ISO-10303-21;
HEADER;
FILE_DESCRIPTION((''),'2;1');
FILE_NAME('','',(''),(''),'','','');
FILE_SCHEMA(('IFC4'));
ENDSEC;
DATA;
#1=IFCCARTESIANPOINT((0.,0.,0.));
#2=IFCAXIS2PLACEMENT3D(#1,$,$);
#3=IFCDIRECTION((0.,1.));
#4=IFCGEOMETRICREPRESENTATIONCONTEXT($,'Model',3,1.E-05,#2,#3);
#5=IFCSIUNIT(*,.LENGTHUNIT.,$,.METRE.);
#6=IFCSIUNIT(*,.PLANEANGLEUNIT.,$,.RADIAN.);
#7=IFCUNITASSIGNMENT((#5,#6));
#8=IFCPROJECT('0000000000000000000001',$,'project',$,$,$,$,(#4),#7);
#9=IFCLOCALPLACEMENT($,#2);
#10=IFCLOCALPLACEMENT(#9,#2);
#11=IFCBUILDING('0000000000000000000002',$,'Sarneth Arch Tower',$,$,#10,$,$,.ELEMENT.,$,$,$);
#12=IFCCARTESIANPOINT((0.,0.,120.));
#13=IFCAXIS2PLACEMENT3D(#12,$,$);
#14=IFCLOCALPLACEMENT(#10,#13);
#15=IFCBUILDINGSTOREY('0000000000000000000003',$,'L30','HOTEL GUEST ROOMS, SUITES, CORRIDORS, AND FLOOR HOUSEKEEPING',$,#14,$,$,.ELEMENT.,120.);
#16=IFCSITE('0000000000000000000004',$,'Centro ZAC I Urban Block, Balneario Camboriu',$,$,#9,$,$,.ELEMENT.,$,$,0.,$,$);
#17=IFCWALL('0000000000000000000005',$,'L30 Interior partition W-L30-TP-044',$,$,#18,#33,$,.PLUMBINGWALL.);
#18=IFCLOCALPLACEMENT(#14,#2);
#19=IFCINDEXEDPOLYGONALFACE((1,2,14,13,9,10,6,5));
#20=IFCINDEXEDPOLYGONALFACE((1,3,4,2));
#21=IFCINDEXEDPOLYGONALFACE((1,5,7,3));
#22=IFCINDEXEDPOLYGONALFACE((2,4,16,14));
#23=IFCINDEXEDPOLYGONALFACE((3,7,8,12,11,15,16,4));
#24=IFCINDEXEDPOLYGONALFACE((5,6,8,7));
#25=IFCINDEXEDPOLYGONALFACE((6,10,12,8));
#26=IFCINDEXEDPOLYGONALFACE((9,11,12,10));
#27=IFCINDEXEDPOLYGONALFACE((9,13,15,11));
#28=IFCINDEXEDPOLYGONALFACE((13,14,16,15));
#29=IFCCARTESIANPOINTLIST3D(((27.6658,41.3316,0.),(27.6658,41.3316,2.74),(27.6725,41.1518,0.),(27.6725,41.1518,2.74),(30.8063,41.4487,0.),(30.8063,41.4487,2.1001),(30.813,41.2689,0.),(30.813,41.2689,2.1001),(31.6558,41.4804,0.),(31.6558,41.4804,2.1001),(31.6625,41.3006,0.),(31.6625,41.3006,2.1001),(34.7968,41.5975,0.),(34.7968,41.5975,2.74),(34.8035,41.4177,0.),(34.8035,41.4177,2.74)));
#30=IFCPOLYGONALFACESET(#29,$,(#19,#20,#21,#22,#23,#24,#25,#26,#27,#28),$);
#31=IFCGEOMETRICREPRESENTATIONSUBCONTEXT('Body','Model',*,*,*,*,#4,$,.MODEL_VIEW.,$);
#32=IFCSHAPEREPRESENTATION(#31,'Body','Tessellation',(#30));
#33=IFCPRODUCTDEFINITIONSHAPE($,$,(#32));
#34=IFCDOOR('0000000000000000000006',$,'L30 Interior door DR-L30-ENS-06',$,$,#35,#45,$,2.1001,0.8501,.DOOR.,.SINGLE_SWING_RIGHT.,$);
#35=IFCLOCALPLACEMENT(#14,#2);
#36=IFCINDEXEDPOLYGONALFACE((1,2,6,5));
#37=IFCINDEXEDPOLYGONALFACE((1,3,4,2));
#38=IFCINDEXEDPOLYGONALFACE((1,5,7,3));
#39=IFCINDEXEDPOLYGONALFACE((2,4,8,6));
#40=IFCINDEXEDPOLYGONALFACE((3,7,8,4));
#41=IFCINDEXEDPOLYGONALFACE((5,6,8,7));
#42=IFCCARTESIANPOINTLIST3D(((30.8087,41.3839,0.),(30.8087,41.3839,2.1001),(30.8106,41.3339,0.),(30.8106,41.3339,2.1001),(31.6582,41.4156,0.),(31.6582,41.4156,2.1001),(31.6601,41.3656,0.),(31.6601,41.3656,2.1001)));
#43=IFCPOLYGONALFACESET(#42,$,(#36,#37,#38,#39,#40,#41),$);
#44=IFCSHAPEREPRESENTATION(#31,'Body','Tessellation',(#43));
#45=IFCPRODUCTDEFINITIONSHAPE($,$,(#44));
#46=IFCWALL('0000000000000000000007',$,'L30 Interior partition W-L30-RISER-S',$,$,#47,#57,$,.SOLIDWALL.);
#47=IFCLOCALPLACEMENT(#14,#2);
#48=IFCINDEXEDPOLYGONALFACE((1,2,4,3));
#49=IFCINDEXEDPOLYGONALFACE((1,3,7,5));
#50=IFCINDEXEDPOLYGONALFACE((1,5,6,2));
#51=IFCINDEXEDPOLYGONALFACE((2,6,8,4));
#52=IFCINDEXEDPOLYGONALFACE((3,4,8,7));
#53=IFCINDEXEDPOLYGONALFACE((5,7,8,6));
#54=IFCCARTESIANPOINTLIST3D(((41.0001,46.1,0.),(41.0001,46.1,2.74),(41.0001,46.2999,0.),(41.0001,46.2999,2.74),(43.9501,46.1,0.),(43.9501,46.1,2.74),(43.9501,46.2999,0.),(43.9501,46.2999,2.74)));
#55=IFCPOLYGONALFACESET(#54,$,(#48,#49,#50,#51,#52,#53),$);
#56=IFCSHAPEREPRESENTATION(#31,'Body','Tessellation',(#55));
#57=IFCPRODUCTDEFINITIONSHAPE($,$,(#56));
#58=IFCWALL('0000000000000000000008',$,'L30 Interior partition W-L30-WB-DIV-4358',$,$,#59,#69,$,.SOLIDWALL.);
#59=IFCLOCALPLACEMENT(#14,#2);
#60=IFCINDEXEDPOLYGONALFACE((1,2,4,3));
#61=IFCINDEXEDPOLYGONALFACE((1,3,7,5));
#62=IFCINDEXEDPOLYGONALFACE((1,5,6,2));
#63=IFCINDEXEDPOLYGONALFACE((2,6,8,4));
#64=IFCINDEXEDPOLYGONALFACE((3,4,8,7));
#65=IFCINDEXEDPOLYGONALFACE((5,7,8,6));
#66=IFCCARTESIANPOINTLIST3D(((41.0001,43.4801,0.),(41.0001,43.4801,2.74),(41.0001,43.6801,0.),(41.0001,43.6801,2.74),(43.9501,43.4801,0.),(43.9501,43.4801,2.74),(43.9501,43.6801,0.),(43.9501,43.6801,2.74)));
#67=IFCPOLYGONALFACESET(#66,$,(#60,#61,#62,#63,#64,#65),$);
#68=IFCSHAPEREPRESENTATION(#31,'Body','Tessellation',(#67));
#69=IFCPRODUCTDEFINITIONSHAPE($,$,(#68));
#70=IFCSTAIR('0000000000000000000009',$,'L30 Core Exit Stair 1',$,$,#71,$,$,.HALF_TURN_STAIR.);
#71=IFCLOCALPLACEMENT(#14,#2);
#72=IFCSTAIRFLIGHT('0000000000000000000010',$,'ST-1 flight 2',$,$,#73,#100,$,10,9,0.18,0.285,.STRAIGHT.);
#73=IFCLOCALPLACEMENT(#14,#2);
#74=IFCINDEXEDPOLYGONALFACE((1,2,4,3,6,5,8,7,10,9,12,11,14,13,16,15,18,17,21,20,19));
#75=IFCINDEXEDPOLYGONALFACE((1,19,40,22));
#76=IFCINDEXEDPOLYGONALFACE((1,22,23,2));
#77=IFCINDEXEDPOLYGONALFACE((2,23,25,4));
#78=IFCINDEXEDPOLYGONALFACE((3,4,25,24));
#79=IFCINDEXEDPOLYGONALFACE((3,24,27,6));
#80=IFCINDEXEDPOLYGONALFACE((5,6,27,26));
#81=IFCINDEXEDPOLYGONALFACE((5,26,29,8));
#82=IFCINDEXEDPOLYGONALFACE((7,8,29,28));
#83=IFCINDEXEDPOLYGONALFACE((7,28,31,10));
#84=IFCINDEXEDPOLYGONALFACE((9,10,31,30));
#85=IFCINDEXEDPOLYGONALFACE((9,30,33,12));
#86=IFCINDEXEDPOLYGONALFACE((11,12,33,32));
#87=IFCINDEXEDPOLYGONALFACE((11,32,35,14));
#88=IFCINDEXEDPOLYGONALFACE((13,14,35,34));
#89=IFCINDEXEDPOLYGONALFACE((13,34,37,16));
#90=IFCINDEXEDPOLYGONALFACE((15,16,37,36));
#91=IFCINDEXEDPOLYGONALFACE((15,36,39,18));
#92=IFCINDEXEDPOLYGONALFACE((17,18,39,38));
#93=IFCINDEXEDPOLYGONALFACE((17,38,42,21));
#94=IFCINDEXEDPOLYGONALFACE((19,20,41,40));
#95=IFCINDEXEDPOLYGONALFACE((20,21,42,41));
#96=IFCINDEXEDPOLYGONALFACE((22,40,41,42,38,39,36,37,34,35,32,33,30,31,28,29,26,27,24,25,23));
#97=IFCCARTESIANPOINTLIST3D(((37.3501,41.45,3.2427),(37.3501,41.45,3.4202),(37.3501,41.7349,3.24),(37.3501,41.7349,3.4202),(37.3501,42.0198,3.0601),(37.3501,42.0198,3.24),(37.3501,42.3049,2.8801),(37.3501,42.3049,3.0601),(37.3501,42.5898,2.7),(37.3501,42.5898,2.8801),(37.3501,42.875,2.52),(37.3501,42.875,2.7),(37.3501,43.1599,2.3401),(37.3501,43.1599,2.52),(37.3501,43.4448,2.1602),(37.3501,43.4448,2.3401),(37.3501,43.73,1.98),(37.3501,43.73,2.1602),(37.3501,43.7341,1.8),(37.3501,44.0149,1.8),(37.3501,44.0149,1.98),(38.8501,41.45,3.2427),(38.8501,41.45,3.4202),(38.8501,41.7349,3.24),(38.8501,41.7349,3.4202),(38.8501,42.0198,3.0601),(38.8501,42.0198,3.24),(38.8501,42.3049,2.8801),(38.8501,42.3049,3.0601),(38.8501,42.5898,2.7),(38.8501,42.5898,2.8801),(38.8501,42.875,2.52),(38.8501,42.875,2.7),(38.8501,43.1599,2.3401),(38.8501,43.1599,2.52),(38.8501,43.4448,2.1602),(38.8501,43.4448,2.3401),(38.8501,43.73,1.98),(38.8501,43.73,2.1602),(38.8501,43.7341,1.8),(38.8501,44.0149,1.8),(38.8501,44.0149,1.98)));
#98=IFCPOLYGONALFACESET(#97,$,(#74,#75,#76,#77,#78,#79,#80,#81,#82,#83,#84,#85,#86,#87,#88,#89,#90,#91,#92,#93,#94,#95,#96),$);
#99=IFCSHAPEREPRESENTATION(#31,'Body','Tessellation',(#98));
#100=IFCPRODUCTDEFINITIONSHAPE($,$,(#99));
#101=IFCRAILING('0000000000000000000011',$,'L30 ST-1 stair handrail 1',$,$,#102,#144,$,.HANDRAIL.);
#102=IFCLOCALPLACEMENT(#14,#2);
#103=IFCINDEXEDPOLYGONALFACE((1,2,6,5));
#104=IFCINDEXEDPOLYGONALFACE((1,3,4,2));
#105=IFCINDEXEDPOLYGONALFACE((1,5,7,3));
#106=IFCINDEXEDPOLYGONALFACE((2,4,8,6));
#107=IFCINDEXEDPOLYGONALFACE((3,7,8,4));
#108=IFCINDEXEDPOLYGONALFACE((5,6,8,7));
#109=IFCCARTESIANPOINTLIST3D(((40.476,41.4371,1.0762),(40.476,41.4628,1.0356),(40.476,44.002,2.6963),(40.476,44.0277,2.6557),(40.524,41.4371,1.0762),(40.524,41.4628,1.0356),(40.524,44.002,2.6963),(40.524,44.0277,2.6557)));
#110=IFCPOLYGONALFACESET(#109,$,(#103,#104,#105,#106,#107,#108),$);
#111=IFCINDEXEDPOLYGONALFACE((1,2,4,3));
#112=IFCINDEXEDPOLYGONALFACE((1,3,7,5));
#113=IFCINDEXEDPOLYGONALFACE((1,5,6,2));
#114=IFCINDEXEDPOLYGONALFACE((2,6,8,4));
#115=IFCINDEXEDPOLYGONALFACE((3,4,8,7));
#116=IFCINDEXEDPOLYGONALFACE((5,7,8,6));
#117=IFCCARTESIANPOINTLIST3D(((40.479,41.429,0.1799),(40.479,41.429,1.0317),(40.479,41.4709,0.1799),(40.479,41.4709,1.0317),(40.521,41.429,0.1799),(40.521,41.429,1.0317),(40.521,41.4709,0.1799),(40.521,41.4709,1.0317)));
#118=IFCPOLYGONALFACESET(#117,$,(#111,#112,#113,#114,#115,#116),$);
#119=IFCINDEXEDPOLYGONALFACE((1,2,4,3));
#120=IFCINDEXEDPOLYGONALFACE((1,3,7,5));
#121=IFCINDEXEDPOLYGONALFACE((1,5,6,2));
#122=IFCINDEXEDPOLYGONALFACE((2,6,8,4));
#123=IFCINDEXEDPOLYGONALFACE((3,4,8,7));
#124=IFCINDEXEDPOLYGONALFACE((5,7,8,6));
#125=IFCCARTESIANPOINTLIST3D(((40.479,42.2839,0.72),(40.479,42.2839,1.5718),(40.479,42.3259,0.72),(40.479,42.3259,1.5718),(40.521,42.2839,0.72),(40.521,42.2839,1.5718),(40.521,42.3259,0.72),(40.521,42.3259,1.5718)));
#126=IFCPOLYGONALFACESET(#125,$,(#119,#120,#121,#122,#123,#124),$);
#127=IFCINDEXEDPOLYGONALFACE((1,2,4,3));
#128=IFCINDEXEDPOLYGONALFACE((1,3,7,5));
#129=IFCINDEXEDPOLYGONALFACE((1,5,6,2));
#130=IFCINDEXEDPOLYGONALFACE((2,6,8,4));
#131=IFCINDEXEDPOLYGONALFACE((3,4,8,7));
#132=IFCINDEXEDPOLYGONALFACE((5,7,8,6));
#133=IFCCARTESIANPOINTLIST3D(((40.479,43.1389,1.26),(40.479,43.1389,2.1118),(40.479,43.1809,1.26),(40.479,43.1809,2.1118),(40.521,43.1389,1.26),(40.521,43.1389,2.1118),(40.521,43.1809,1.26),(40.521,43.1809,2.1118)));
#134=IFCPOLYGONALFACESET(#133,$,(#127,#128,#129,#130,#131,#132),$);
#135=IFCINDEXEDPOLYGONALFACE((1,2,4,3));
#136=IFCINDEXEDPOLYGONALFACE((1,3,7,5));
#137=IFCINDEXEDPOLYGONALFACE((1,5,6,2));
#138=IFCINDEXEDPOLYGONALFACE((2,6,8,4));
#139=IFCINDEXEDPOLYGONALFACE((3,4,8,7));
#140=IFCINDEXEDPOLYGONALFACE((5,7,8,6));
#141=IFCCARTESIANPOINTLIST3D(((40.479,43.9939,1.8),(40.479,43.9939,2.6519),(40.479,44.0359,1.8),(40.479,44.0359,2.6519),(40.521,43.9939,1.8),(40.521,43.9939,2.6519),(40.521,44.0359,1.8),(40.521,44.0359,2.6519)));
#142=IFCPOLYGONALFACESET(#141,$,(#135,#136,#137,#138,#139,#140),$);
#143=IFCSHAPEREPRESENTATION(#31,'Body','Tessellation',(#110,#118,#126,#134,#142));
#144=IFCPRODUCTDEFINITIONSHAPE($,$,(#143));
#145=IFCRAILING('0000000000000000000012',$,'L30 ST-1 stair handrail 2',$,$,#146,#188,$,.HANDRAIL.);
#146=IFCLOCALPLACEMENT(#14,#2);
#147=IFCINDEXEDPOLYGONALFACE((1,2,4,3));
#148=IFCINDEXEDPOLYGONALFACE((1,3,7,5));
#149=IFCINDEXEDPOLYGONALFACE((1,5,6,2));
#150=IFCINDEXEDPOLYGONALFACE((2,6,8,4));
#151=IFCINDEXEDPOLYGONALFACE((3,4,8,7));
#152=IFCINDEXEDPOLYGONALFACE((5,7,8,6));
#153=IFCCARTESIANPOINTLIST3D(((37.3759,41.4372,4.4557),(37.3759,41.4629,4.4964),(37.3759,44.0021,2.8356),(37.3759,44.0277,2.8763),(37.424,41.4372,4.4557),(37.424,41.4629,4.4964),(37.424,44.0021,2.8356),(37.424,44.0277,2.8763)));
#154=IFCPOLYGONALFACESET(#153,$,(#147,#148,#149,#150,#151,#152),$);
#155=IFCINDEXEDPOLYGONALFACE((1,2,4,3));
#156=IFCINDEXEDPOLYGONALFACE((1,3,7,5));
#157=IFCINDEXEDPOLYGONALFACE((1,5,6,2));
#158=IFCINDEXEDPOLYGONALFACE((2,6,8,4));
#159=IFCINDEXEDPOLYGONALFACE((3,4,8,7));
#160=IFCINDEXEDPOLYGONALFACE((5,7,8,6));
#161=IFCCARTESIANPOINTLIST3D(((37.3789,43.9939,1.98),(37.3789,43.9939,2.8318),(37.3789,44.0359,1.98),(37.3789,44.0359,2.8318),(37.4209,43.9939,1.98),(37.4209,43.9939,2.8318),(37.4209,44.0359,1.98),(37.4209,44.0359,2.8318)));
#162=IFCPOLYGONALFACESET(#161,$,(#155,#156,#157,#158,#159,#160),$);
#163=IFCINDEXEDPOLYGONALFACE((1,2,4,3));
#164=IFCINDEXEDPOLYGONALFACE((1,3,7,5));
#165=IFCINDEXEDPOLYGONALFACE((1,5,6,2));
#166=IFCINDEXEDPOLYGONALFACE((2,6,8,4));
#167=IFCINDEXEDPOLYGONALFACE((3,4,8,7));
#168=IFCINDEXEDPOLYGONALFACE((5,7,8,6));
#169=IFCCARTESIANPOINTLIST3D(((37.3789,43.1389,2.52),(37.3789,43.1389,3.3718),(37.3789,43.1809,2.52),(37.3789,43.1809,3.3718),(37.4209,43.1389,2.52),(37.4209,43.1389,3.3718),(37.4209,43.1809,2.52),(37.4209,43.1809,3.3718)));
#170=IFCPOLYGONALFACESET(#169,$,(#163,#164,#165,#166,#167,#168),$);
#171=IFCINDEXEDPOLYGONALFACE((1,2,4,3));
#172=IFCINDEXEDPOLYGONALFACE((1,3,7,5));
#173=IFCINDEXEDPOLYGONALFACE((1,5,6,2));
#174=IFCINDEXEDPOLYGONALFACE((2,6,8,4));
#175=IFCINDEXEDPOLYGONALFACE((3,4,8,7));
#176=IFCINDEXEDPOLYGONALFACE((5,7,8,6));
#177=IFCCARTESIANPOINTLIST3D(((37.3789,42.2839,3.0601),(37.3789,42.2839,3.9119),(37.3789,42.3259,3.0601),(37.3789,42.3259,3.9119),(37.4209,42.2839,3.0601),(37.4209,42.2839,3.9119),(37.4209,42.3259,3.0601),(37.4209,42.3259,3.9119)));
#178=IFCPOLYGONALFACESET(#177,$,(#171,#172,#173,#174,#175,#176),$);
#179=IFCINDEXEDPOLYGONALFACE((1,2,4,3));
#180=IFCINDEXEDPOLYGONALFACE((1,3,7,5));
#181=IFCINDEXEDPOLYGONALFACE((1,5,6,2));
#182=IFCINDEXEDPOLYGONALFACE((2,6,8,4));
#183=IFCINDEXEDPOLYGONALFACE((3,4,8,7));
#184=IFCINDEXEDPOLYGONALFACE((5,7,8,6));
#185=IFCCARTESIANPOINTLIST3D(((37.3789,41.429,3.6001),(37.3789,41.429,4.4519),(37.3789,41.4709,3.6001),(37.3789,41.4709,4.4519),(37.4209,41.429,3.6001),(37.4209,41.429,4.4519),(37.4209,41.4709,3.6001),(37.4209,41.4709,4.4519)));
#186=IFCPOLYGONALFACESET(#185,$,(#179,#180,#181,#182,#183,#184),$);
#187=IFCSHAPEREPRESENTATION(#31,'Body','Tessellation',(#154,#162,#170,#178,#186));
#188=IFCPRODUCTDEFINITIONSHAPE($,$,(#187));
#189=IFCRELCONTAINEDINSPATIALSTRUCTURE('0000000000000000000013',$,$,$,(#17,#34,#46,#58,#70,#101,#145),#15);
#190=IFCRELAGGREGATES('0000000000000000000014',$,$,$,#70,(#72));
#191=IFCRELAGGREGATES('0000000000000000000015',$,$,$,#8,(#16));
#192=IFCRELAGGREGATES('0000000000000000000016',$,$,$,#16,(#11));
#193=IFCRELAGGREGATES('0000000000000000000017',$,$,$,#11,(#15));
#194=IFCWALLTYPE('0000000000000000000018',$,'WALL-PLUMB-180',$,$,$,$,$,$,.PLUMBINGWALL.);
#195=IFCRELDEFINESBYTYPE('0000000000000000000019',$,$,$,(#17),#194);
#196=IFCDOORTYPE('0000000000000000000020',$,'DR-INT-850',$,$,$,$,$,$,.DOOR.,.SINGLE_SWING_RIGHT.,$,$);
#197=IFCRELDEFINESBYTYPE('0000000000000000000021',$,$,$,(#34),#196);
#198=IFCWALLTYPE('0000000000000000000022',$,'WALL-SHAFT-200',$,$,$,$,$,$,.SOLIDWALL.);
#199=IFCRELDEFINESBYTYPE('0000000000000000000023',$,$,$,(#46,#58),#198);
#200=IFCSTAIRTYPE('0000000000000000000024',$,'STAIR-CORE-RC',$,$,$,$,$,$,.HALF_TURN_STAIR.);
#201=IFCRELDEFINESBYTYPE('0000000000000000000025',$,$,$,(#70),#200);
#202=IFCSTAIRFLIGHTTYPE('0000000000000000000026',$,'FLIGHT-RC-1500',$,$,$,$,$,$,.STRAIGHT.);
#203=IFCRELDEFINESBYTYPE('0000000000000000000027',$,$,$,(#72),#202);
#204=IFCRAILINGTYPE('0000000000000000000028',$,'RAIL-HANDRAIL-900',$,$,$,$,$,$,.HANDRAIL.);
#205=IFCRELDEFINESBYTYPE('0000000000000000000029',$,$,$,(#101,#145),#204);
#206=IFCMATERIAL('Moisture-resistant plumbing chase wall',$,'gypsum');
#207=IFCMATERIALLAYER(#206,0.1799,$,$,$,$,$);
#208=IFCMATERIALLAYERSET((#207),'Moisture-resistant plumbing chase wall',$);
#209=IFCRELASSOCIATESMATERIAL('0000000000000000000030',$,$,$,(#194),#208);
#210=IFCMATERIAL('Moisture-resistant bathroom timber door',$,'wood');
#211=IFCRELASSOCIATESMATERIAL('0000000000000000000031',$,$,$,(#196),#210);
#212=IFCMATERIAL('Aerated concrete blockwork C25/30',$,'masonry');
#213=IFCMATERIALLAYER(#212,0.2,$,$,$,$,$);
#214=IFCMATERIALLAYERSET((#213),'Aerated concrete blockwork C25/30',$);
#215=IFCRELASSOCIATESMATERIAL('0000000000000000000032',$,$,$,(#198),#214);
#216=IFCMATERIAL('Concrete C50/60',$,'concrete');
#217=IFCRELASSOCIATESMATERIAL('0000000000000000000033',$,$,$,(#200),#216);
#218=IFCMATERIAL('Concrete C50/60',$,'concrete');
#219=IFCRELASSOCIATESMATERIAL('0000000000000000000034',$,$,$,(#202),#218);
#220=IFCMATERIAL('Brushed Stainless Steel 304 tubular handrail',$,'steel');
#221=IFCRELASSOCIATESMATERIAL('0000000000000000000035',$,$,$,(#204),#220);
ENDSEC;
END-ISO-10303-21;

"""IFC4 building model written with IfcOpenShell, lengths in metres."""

from ifc_helpers import new_model, si_unit, direction, frame, frame_2d, origin, origin_2d, place, context, subcontext, project, spatial, polyline, rectangle, outline, extrude, material, layer, layer_set, type_object, element, fill, aggregate, save


model = new_model("IFC4")

# Units and contexts
model_context = context("Model", 3, precision=1e-05, world=origin(), true_north=direction((0.0, 1.0)))
body_context = subcontext(model_context, "Body", "Model", "MODEL_VIEW")
ifc_project = project(units=[si_unit("LENGTHUNIT", "METRE"), si_unit("PLANEANGLEUNIT", "RADIAN")], contexts=[model_context])

# Site, building, storey
site_placement = place(None, origin())
site = spatial("IfcSite", under=ifc_project, at=site_placement, Name="Centro ZAC I Urban Block, Balneario Camboriu", CompositionType="ELEMENT", RefElevation=0.0)
building_placement = place(site_placement, origin())
building = spatial("IfcBuilding", under=site, at=building_placement, Name="Sarneth Arch Tower", CompositionType="ELEMENT")
storey_placement = place(building_placement, frame((0.0, 0.0, 120.0)))
storey = spatial("IfcBuildingStorey", under=building, at=storey_placement, Name="L30", Description="HOTEL GUEST ROOMS, SUITES, CORRIDORS, AND FLOOR HOUSEKEEPING", CompositionType="ELEMENT", Elevation=120.0)

# Wall, opening, door
ifc_material_1 = material(Name="Moisture-resistant plumbing chase wall", Category="gypsum")
ifc_layer_1 = layer(ifc_material_1, 0.1799)
ifc_layer_set_1 = layer_set([ifc_layer_1], Name="Moisture-resistant plumbing chase wall")
wall_type_1 = type_object("IfcWallType", Name="WALL-PLUMB-180", PredefinedType="PLUMBINGWALL", material=ifc_layer_set_1)
wall_1_placement = place(storey_placement, frame((34.8, 41.5076, 0.0), z_axis=(0.0, 0.0, 1.0), x_axis=(-0.999306, -0.037257, 0.0)))
wall_1 = element("IfcWall", 1, at=wall_1_placement, inside=storey, type_object=wall_type_1, Name="L30 Interior partition W-L30-TP-044", PredefinedType="PLUMBINGWALL", context=body_context, shape_type="SweptSolid", body=[
    extrude(rectangle(XDim=7.136, YDim=0.1799, at=frame_2d((3.5679, 0.0))), origin(), (0.0, 0.0, 1.0), 2.74),
])
opening_1_placement = place(wall_1_placement, frame((3.1431, 0.0, 0.0)))
opening_1 = element("IfcOpeningElement", 2, at=opening_1_placement, cuts=wall_1, PredefinedType="OPENING", context=body_context, shape_type="SweptSolid", body=[
    extrude(rectangle(XDim=0.8501, YDim=2.1001, at=frame_2d((0.425, 1.05))), frame((0.0, 0.0999, 0.0), z_axis=(0.0, -1.0, 0.0), x_axis=(1.0, 0.0, 0.0)), (0.0, 0.0, 1.0), 0.2),
])
ifc_material_2 = material(Name="Moisture-resistant bathroom timber door", Category="wood")
door_type_1 = type_object("IfcDoorType", Name="DR-INT-850", OperationType="SINGLE_SWING_RIGHT", PredefinedType="DOOR", material=ifc_material_2)
door_1_placement = place(opening_1_placement, origin())
door_1 = element("IfcDoor", 3, at=door_1_placement, inside=storey, type_object=door_type_1, Name="L30 Interior door DR-L30-ENS-06", OperationType="SINGLE_SWING_RIGHT", OverallHeight=2.1001, OverallWidth=0.8501, PredefinedType="DOOR", context=body_context, shape_type="SweptSolid", body=[
    extrude(rectangle(XDim=0.8501, YDim=2.1001, at=frame_2d((0.425, 1.05))), frame((0.0, 0.0249, 0.0), z_axis=(0.0, -1.0, 0.0), x_axis=(1.0, 0.0, 0.0)), (0.0, 0.0, 1.0), 0.05),
])
fill(opening_1, door_1)

# Wall
ifc_material_3 = material(Name="Aerated concrete blockwork C25/30", Category="masonry")
ifc_layer_2 = layer(ifc_material_3, 0.2)
ifc_layer_set_2 = layer_set([ifc_layer_2], Name="Aerated concrete blockwork C25/30")
wall_type_2 = type_object("IfcWallType", Name="WALL-SHAFT-200", PredefinedType="SOLIDWALL", material=ifc_layer_set_2)
wall_2_placement = place(storey_placement, frame((41.0, 46.2, 0.0), z_axis=(0.0, 0.0, 1.0), x_axis=(1.0, 0.0, 0.0)))
element("IfcWall", 4, at=wall_2_placement, inside=storey, type_object=wall_type_2, Name="L30 Interior partition W-L30-RISER-S", PredefinedType="SOLIDWALL", context=body_context, shape_type="SweptSolid", body=[
    extrude(rectangle(XDim=2.95, YDim=0.2, at=frame_2d((1.4751, 0.0))), origin(), (0.0, 0.0, 1.0), 2.74),
])

# Wall
wall_3_placement = place(storey_placement, frame((41.0, 43.5801, 0.0), z_axis=(0.0, 0.0, 1.0), x_axis=(1.0, 0.0, 0.0)))
element("IfcWall", 5, at=wall_3_placement, inside=storey, type_object=wall_type_2, Name="L30 Interior partition W-L30-WB-DIV-4358", PredefinedType="SOLIDWALL", context=body_context, shape_type="SweptSolid", body=[
    extrude(rectangle(XDim=2.95, YDim=0.2, at=frame_2d((1.4751, 0.0))), origin(), (0.0, 0.0, 1.0), 2.74),
])

# Stair, stair flight
ifc_material_4 = material(Name="Concrete C50/60", Category="concrete")
stair_type = type_object("IfcStairType", Name="STAIR-CORE-RC", PredefinedType="HALF_TURN_STAIR", material=ifc_material_4)
stair_placement = place(storey_placement, origin())
stair = element("IfcStair", 6, at=stair_placement, inside=storey, type_object=stair_type, Name="L30 Core Exit Stair 1", PredefinedType="HALF_TURN_STAIR")
ifc_material_5 = material(Name="Concrete C50/60", Category="concrete")
stair_flight_type = type_object("IfcStairFlightType", Name="FLIGHT-RC-1500", PredefinedType="STRAIGHT", material=ifc_material_5)
stair_flight_placement = place(storey_placement, frame((38.1001, 44.0149, 1.8), z_axis=(0.0, 0.0, 1.0), x_axis=(0.0, -1.0, 0.0)))
stair_flight = element("IfcStairFlight", 7, at=stair_flight_placement, type_object=stair_flight_type, Name="ST-1 flight 2", NumberOfRisers=10, NumberOfTreads=9, PredefinedType="STRAIGHT", RiserHeight=0.18, TreadLength=0.285, context=body_context, shape_type="SweptSolid", body=[
    extrude(outline(polyline([(0.0, 0.0), (0.0, 0.1799), (0.2849, 0.1799), (0.2849, 0.3601), (0.5701, 0.3601), (0.5701, 0.54), (0.855, 0.54), (0.855, 0.72), (1.1399, 0.72), (1.1399, 0.8999), (1.425, 0.8999), (1.425, 1.0801), (1.71, 1.0801), (1.71, 1.26), (1.9951, 1.26), (1.9951, 1.4399), (2.28, 1.4399), (2.28, 1.6201), (2.5649, 1.6201), (2.5649, 1.8), (2.5649, 1.4426), (0.2808, 0.0), (0.0, 0.0)])), frame((0.0, 0.75, 0.0), z_axis=(0.0, -1.0, 0.0), x_axis=(1.0, 0.0, 0.0)), (0.0, 0.0, 1.0), 1.5),
])
aggregate(stair, [stair_flight])

# Railings
ifc_material_6 = material(Name="Brushed Stainless Steel 304 tubular handrail", Category="steel")
railing_type_1 = type_object("IfcRailingType", Name="RAIL-HANDRAIL-900", PredefinedType="HANDRAIL", material=ifc_material_6)
railing_1_placement = place(storey_placement, frame((40.5, 41.45, 0.1799)))
element("IfcRailing", 8, at=railing_1_placement, inside=storey, type_object=railing_type_1, Name="L30 ST-1 stair handrail 1", PredefinedType="HANDRAIL", context=body_context, shape_type="SweptSolid", body=[
    extrude(rectangle(XDim=0.0481, YDim=0.0481, at=origin_2d()), frame((0.0, 0.0, 0.876), z_axis=(0.0, 0.845466, 0.534029), x_axis=(-1.0, 0.0, 0.0)), (0.0, 0.0, 1.0), 3.0337),
    extrude(rectangle(XDim=0.042, YDim=0.042, at=origin_2d()), origin(), (0.0, 0.0, 1.0), 0.8518),
    extrude(rectangle(XDim=0.042, YDim=0.042, at=origin_2d()), frame((0.0, 0.855, 0.54)), (0.0, 0.0, 1.0), 0.8518),
    extrude(rectangle(XDim=0.042, YDim=0.042, at=origin_2d()), frame((0.0, 1.71, 1.0801)), (0.0, 0.0, 1.0), 0.8518),
    extrude(rectangle(XDim=0.042, YDim=0.042, at=origin_2d()), frame((0.0, 2.5649, 1.6201)), (0.0, 0.0, 1.0), 0.8518),
])
railing_2_placement = place(storey_placement, frame((37.3999, 44.0149, 1.98)))
element("IfcRailing", 9, at=railing_2_placement, inside=storey, type_object=railing_type_1, Name="L30 ST-1 stair handrail 2", PredefinedType="HANDRAIL", context=body_context, shape_type="SweptSolid", body=[
    extrude(rectangle(XDim=0.0481, YDim=0.0481, at=origin_2d()), frame((0.0, 0.0, 0.876), z_axis=(0.0, -0.845466, 0.534029), x_axis=(1.0, 0.0, 0.0)), (0.0, 0.0, 1.0), 3.0337),
    extrude(rectangle(XDim=0.042, YDim=0.042, at=origin_2d()), origin(), (0.0, 0.0, 1.0), 0.8518),
    extrude(rectangle(XDim=0.042, YDim=0.042, at=origin_2d()), frame((0.0, -0.855, 0.54)), (0.0, 0.0, 1.0), 0.8518),
    extrude(rectangle(XDim=0.042, YDim=0.042, at=origin_2d()), frame((0.0, -1.71, 1.0801)), (0.0, 0.0, 1.0), 0.8518),
    extrude(rectangle(XDim=0.042, YDim=0.042, at=origin_2d()), frame((0.0, -2.5649, 1.6201)), (0.0, 0.0, 1.0), 0.8518),
])

save(model, "model.ifc")
